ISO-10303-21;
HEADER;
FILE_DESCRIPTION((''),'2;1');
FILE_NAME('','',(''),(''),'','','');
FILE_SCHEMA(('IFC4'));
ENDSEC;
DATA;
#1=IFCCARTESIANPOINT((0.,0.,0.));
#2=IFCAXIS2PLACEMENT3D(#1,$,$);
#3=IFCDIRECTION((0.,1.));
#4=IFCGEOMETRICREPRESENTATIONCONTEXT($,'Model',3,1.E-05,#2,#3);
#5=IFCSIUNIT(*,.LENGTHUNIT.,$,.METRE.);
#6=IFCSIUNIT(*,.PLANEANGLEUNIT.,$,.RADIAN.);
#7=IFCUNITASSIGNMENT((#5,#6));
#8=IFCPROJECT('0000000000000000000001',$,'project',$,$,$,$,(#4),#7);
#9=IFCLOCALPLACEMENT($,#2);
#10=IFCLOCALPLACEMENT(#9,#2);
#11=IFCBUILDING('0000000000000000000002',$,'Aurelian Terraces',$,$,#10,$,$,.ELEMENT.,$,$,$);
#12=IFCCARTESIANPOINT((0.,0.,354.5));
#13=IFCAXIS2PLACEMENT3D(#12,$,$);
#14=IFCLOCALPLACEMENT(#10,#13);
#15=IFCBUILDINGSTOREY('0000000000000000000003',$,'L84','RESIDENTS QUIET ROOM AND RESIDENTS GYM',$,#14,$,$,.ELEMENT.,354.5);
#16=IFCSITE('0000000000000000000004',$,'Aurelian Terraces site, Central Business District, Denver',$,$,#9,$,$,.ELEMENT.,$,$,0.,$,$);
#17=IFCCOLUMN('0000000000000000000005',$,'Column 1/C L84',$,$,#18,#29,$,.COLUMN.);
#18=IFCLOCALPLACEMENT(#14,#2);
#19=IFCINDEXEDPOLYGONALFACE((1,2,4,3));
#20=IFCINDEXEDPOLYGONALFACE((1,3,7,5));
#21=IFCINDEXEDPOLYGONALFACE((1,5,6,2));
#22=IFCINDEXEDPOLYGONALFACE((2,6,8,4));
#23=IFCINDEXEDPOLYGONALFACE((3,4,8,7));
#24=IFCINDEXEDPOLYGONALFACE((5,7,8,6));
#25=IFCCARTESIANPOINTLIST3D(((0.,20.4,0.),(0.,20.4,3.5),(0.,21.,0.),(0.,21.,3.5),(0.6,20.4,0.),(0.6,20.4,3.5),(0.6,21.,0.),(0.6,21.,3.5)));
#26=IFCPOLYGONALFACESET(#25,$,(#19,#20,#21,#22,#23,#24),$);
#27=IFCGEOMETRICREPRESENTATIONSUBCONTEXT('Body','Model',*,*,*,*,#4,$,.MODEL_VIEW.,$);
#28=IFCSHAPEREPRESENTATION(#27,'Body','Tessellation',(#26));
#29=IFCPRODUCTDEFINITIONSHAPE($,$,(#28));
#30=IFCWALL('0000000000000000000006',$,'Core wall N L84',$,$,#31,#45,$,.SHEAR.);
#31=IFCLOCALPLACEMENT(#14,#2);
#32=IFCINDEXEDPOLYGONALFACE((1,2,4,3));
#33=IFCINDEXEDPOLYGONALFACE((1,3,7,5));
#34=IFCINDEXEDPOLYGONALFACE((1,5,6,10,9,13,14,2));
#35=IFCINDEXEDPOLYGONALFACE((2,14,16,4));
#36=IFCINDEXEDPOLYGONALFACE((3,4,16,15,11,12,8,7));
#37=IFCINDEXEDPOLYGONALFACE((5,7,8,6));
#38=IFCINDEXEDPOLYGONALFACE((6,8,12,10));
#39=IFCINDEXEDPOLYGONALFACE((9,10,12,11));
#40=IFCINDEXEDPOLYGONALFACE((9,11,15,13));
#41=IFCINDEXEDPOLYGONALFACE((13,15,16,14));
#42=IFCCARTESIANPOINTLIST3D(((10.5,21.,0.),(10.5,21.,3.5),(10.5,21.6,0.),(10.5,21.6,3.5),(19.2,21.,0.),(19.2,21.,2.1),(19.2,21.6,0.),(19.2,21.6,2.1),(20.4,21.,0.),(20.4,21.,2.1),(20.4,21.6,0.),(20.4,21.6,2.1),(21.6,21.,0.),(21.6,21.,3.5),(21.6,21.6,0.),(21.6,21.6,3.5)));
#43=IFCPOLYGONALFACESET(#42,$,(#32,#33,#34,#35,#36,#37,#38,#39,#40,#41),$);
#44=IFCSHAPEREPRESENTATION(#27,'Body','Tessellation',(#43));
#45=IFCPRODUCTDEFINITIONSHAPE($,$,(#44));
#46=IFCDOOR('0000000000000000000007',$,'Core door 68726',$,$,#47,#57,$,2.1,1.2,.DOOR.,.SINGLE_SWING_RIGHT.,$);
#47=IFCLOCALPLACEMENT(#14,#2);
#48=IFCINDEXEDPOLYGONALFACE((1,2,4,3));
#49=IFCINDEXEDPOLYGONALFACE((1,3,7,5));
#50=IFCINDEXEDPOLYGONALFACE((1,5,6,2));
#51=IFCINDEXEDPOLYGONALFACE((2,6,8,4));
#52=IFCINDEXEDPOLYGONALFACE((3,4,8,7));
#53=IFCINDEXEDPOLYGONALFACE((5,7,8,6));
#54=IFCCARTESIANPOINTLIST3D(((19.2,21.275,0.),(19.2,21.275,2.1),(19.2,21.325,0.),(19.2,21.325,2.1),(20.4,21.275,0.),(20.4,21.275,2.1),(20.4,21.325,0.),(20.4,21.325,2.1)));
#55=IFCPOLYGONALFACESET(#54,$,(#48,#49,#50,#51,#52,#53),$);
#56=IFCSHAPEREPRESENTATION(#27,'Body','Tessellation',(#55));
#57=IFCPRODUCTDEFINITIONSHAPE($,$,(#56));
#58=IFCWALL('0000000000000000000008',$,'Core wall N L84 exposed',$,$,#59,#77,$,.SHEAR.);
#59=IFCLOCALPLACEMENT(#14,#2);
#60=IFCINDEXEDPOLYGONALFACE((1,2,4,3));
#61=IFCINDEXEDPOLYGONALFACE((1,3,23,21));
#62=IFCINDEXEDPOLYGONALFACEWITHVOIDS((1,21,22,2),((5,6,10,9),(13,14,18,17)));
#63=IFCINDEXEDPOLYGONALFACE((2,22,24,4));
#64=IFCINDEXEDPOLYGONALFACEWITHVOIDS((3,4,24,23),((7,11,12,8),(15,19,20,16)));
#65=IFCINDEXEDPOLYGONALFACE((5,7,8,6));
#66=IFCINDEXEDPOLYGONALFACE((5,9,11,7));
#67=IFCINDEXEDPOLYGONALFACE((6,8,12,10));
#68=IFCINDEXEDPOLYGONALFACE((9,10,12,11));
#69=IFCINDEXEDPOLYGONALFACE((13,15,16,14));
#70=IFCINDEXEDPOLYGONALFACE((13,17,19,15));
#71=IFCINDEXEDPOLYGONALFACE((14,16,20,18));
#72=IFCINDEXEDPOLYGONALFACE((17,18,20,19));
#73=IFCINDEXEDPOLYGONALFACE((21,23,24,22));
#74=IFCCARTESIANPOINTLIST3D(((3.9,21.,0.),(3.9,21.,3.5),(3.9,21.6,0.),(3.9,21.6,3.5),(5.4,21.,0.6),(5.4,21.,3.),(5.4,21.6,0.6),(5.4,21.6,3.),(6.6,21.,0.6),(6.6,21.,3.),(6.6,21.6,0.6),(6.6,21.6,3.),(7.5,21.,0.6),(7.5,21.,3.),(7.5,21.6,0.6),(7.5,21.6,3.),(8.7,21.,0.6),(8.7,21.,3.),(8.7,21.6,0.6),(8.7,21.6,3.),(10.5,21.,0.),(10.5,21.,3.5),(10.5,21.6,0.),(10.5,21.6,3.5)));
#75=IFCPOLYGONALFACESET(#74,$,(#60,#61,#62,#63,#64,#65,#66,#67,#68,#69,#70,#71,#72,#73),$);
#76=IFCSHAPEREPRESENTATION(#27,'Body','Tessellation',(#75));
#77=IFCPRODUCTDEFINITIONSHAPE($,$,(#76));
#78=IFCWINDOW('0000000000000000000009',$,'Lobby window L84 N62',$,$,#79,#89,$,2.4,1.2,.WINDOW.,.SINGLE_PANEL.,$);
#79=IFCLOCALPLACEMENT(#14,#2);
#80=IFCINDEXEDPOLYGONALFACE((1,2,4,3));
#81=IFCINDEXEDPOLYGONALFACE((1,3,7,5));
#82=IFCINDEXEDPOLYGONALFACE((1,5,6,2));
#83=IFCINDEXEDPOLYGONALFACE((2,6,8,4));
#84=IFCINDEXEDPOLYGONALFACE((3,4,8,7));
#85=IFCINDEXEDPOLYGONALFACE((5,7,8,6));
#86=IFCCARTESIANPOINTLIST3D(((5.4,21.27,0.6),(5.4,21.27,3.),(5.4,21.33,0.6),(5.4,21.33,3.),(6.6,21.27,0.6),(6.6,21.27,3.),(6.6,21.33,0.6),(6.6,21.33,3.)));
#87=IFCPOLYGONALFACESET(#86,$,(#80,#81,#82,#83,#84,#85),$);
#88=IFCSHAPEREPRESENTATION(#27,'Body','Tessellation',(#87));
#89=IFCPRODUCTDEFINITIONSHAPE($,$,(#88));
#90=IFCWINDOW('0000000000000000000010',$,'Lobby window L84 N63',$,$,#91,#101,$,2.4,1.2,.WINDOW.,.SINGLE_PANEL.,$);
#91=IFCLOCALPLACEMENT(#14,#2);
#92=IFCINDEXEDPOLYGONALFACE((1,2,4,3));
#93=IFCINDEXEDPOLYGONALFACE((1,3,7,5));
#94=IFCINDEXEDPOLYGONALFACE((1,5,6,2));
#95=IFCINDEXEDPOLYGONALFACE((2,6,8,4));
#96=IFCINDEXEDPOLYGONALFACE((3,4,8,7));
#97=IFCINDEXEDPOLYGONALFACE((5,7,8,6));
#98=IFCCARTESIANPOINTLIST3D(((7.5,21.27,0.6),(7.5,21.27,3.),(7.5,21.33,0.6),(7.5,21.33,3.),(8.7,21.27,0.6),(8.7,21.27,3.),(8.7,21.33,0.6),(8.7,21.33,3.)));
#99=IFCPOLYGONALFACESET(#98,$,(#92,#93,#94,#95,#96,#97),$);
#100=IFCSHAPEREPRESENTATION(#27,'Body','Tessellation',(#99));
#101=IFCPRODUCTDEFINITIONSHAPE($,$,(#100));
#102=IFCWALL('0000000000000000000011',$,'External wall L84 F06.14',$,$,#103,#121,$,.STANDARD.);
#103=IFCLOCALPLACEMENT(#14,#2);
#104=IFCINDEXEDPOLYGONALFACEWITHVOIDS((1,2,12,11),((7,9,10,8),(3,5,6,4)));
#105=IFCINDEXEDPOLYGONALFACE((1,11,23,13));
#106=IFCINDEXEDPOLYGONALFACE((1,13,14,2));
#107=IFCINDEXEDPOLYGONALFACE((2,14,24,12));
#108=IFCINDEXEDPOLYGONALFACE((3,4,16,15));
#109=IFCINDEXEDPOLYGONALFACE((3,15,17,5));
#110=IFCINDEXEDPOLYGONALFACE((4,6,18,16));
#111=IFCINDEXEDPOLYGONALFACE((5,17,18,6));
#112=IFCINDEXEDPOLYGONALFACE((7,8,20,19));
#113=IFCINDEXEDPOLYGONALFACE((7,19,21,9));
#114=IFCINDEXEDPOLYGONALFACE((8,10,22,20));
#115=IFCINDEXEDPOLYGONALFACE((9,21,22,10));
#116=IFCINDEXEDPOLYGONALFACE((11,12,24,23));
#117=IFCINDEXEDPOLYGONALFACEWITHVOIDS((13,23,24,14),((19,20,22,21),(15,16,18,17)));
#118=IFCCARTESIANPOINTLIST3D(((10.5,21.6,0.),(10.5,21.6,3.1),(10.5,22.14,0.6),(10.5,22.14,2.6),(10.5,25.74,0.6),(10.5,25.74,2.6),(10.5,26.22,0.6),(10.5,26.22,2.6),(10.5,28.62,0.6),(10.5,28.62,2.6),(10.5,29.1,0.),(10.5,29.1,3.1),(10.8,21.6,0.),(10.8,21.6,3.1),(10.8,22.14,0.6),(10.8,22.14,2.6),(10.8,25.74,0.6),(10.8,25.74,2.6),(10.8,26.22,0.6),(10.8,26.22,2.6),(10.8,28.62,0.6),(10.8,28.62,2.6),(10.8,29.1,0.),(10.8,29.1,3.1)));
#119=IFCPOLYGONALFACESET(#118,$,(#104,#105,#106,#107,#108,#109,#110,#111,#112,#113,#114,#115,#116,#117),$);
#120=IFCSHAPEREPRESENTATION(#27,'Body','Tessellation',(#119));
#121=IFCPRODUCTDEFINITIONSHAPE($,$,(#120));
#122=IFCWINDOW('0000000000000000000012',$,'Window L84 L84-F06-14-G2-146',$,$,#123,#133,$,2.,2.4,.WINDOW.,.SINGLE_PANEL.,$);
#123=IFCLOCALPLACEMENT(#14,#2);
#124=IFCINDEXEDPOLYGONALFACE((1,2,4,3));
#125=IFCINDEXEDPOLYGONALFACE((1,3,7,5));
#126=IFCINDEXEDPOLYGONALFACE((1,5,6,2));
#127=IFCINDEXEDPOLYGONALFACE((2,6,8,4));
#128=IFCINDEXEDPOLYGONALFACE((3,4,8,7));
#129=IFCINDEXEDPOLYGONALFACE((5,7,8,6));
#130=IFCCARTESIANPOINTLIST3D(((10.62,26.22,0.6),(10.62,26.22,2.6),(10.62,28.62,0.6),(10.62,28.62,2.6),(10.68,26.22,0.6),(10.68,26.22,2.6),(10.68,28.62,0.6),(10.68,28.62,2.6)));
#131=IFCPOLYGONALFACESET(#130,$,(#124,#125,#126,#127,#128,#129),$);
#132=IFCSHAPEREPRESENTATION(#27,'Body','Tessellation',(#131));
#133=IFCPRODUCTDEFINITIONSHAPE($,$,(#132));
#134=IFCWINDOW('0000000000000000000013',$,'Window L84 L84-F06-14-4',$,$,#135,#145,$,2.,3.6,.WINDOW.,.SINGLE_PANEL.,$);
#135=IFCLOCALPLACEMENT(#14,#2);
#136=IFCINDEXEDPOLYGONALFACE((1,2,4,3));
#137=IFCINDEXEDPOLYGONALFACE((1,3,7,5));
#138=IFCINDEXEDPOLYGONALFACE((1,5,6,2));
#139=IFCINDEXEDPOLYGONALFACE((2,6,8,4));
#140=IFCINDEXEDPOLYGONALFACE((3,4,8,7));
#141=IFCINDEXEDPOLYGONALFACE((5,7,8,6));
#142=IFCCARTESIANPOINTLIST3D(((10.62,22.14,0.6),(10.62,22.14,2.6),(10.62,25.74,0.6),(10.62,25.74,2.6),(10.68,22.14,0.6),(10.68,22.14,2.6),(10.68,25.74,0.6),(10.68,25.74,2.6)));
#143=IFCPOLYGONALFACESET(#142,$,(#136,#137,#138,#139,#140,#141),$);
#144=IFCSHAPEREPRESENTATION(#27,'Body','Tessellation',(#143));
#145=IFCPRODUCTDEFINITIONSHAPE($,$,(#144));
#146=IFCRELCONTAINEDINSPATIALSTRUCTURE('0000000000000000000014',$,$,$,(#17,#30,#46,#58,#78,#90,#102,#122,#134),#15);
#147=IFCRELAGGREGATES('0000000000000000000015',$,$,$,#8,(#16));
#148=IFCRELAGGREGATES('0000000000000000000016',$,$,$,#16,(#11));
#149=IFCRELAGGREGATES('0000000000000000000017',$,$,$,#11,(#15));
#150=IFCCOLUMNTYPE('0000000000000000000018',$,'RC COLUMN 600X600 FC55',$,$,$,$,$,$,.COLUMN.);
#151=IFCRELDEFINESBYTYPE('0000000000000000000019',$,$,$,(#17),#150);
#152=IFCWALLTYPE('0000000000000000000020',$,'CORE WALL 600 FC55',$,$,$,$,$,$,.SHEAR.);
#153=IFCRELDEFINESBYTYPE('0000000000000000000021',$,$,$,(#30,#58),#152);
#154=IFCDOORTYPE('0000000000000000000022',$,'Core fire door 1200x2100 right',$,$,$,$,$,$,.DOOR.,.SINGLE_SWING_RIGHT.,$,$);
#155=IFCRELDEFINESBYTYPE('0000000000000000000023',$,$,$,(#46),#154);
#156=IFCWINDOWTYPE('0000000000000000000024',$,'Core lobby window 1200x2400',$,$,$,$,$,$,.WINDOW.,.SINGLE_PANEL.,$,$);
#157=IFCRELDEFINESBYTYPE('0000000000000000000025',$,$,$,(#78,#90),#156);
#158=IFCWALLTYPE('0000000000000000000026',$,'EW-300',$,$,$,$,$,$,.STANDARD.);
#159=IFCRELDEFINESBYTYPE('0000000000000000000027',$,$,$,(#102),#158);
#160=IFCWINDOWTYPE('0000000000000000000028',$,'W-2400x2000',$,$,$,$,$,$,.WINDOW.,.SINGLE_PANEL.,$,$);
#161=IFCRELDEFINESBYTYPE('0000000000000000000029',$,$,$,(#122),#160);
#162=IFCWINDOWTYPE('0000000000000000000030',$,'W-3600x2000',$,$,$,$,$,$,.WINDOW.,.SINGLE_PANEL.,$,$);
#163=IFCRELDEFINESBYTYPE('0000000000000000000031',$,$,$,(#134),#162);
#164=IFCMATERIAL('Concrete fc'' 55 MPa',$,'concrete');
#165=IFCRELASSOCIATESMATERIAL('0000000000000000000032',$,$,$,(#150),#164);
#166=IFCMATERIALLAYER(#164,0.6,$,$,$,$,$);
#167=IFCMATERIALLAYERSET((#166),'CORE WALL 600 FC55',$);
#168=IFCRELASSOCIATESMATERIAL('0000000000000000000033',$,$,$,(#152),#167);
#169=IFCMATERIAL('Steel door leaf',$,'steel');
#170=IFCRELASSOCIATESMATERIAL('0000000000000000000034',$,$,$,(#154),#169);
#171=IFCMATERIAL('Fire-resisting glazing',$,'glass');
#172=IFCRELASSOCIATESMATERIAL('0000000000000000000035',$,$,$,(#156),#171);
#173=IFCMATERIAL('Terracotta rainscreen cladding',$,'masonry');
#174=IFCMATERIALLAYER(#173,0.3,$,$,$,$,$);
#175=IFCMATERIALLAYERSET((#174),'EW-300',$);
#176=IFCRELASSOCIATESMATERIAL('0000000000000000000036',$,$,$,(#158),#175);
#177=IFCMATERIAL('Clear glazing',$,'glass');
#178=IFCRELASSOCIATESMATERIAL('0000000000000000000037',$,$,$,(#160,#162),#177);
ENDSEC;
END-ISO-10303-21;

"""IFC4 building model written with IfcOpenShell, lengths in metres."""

from ifc_helpers import new_model, si_unit, direction, frame, frame_2d, origin, origin_2d, place, context, subcontext, project, spatial, rectangle, extrude, source, transform, mapped, material, layer, layer_set, material_profile, profile_set, type_object, element, fill, save


model = new_model("IFC4")

# Units and contexts
model_context = context("Model", 3, precision=1e-05, world=origin(), true_north=direction((0.0, 1.0)))
body_context = subcontext(model_context, "Body", "Model", "MODEL_VIEW")
ifc_project = project(units=[si_unit("LENGTHUNIT", "METRE"), si_unit("PLANEANGLEUNIT", "RADIAN")], contexts=[model_context])

# Site, building, storey
site_placement = place(None, origin())
site = spatial("IfcSite", under=ifc_project, at=site_placement, Name="Aurelian Terraces site, Central Business District, Denver", CompositionType="ELEMENT", RefElevation=0.0)
building_placement = place(site_placement, origin())
building = spatial("IfcBuilding", under=site, at=building_placement, Name="Aurelian Terraces", CompositionType="ELEMENT")
storey_placement = place(building_placement, frame((0.0, 0.0, 354.5)))
storey = spatial("IfcBuildingStorey", under=building, at=storey_placement, Name="L84", Description="RESIDENTS QUIET ROOM AND RESIDENTS GYM", CompositionType="ELEMENT", Elevation=354.5)

# Column
ifc_material_1 = material(Name="Concrete fc' 55 MPa", Category="concrete")
ifc_material_profile = material_profile(ifc_material_1, rectangle(XDim=0.6, YDim=0.6, at=origin_2d()))
ifc_profile_set = profile_set([ifc_material_profile], Name="Concrete fc' 55 MPa")
column_type = type_object("IfcColumnType", Name="RC COLUMN 600X600 FC55", PredefinedType="COLUMN", material=ifc_profile_set)
shared_shape_1 = source(origin(), body_context, "Body", "SweptSolid", [
    extrude(rectangle(XDim=0.6, YDim=0.6, at=origin_2d()), origin(), (0.0, 0.0, 1.0), 3.5),
])
column_placement = place(storey_placement, frame((0.3, 20.7, 0.0), z_axis=(0.0, 0.0, 1.0), x_axis=(1.0, 0.0, 0.0)))
element("IfcColumn", 1, at=column_placement, inside=storey, type_object=column_type, Name="Column 1/C L84", PredefinedType="COLUMN", context=body_context, shape_type="MappedRepresentation", body=[
    mapped(shared_shape_1, transform((0.0, 0.0, 0.0), scale=1.0)),
])

# Wall, opening, door
ifc_layer_1 = layer(ifc_material_1, 0.6)
ifc_layer_set_1 = layer_set([ifc_layer_1], Name="CORE WALL 600 FC55")
wall_type_1 = type_object("IfcWallType", Name="CORE WALL 600 FC55", PredefinedType="SHEAR", material=ifc_layer_set_1)
shared_shape_2 = source(origin(), body_context, "Body", "SweptSolid", [
    extrude(rectangle(XDim=11.1, YDim=0.6, at=frame_2d((5.55, 0.0))), origin(), (0.0, 0.0, 1.0), 3.5),
])
wall_1_placement = place(storey_placement, frame((10.5, 21.3, 0.0), z_axis=(0.0, 0.0, 1.0), x_axis=(1.0, 0.0, 0.0)))
wall_1 = element("IfcWall", 2, at=wall_1_placement, inside=storey, type_object=wall_type_1, Name="Core wall N L84", PredefinedType="SHEAR", context=body_context, shape_type="MappedRepresentation", body=[
    mapped(shared_shape_2, transform((0.0, 0.0, 0.0), scale=1.0)),
])
shared_shape_3 = source(origin(), body_context, "Body", "SweptSolid", [
    extrude(rectangle(XDim=1.2, YDim=2.1, at=frame_2d((0.6, 1.05))), frame((0.0, 0.31, 0.0), z_axis=(0.0, -1.0, 0.0), x_axis=(1.0, 0.0, 0.0)), (0.0, 0.0, 1.0), 0.62),
])
opening_1_placement = place(wall_1_placement, frame((8.7, 0.0, 0.0)))
opening_1 = element("IfcOpeningElement", 3, at=opening_1_placement, cuts=wall_1, PredefinedType="OPENING", context=body_context, shape_type="MappedRepresentation", body=[
    mapped(shared_shape_3, transform((0.0, 0.0, 0.0), scale=1.0)),
])
ifc_material_2 = material(Name="Steel door leaf", Category="steel")
door_type = type_object("IfcDoorType", Name="Core fire door 1200x2100 right", OperationType="SINGLE_SWING_RIGHT", PredefinedType="DOOR", material=ifc_material_2)
shared_shape_4 = source(origin(), body_context, "Body", "SweptSolid", [
    extrude(rectangle(XDim=1.2, YDim=2.1, at=frame_2d((0.6, 1.05))), frame((0.0, 0.025, 0.0), z_axis=(0.0, -1.0, 0.0), x_axis=(1.0, 0.0, 0.0)), (0.0, 0.0, 1.0), 0.05),
])
door_placement = place(opening_1_placement, origin())
door = element("IfcDoor", 4, at=door_placement, inside=storey, type_object=door_type, Name="Core door 68726", OperationType="SINGLE_SWING_RIGHT", OverallHeight=2.1, OverallWidth=1.2, PredefinedType="DOOR", context=body_context, shape_type="MappedRepresentation", body=[
    mapped(shared_shape_4, transform((0.0, 0.0, 0.0), scale=1.0)),
])
fill(opening_1, door)

# Walls, openings, windows
shared_shape_5 = source(origin(), body_context, "Body", "SweptSolid", [
    extrude(rectangle(XDim=6.6, YDim=0.6, at=frame_2d((3.3, 0.0))), origin(), (0.0, 0.0, 1.0), 3.5),
])
wall_2_placement = place(storey_placement, frame((3.9, 21.3, 0.0), z_axis=(0.0, 0.0, 1.0), x_axis=(1.0, 0.0, 0.0)))
wall_2 = element("IfcWall", 5, at=wall_2_placement, inside=storey, type_object=wall_type_1, Name="Core wall N L84 exposed", PredefinedType="SHEAR", context=body_context, shape_type="MappedRepresentation", body=[
    mapped(shared_shape_5, transform((0.0, 0.0, 0.0), scale=1.0)),
])
shared_shape_6 = source(origin(), body_context, "Body", "SweptSolid", [
    extrude(rectangle(XDim=1.2, YDim=2.4, at=frame_2d((0.6, 1.2))), frame((0.0, 0.31, 0.0), z_axis=(0.0, -1.0, 0.0), x_axis=(1.0, 0.0, 0.0)), (0.0, 0.0, 1.0), 0.62),
])
opening_2_placement = place(wall_2_placement, frame((1.5, 0.0, 0.6)))
opening_2 = element("IfcOpeningElement", 6, at=opening_2_placement, cuts=wall_2, PredefinedType="OPENING", context=body_context, shape_type="MappedRepresentation", body=[
    mapped(shared_shape_6, transform((0.0, 0.0, 0.0), scale=1.0)),
])
opening_3_placement = place(wall_2_placement, frame((3.6, 0.0, 0.6)))
opening_3 = element("IfcOpeningElement", 7, at=opening_3_placement, cuts=wall_2, PredefinedType="OPENING", context=body_context, shape_type="MappedRepresentation", body=[
    mapped(shared_shape_6, transform((0.0, 0.0, 0.0), scale=1.0)),
])
ifc_material_3 = material(Name="Fire-resisting glazing", Category="glass")
window_type_1 = type_object("IfcWindowType", Name="Core lobby window 1200x2400", PartitioningType="SINGLE_PANEL", PredefinedType="WINDOW", material=ifc_material_3)
shared_shape_7 = source(origin(), body_context, "Body", "SweptSolid", [
    extrude(rectangle(XDim=1.2, YDim=2.4, at=frame_2d((0.6, 1.2))), frame((0.0, 0.03, 0.0), z_axis=(0.0, -1.0, 0.0), x_axis=(1.0, 0.0, 0.0)), (0.0, 0.0, 1.0), 0.06),
])
window_1_placement = place(opening_2_placement, origin())
window_1 = element("IfcWindow", 8, at=window_1_placement, inside=storey, type_object=window_type_1, Name="Lobby window L84 N62", OverallHeight=2.4, OverallWidth=1.2, PartitioningType="SINGLE_PANEL", PredefinedType="WINDOW", context=body_context, shape_type="MappedRepresentation", body=[
    mapped(shared_shape_7, transform((0.0, 0.0, 0.0), scale=1.0)),
])
fill(opening_2, window_1)
window_2_placement = place(opening_3_placement, origin())
window_2 = element("IfcWindow", 9, at=window_2_placement, inside=storey, type_object=window_type_1, Name="Lobby window L84 N63", OverallHeight=2.4, OverallWidth=1.2, PartitioningType="SINGLE_PANEL", PredefinedType="WINDOW", context=body_context, shape_type="MappedRepresentation", body=[
    mapped(shared_shape_7, transform((0.0, 0.0, 0.0), scale=1.0)),
])
fill(opening_3, window_2)
ifc_material_4 = material(Name="Terracotta rainscreen cladding", Category="masonry")
ifc_layer_2 = layer(ifc_material_4, 0.3)
ifc_layer_set_2 = layer_set([ifc_layer_2], Name="EW-300")
wall_type_2 = type_object("IfcWallType", Name="EW-300", PredefinedType="STANDARD", material=ifc_layer_set_2)
shared_shape_8 = source(origin(), body_context, "Body", "SweptSolid", [
    extrude(rectangle(XDim=7.5, YDim=0.3, at=frame_2d((3.75, 0.0))), origin(), (0.0, 0.0, 1.0), 3.1),
])
wall_3_placement = place(storey_placement, frame((10.65, 29.1, 0.0), z_axis=(0.0, 0.0, 1.0), x_axis=(0.0, -1.0, 0.0)))
wall_3 = element("IfcWall", 10, at=wall_3_placement, inside=storey, type_object=wall_type_2, Name="External wall L84 F06.14", PredefinedType="STANDARD", context=body_context, shape_type="MappedRepresentation", body=[
    mapped(shared_shape_8, transform((0.0, 0.0, 0.0), scale=1.0)),
])
shared_shape_9 = source(origin(), body_context, "Body", "SweptSolid", [
    extrude(rectangle(XDim=3.6, YDim=2.0, at=frame_2d((1.8, 1.0))), frame((0.0, 0.16, 0.0), z_axis=(0.0, -1.0, 0.0), x_axis=(1.0, 0.0, 0.0)), (0.0, 0.0, 1.0), 0.32),
])
opening_4_placement = place(wall_3_placement, frame((3.36, 0.0, 0.6)))
opening_4 = element("IfcOpeningElement", 11, at=opening_4_placement, cuts=wall_3, PredefinedType="OPENING", context=body_context, shape_type="MappedRepresentation", body=[
    mapped(shared_shape_9, transform((0.0, 0.0, 0.0), scale=1.0)),
])
shared_shape_10 = source(origin(), body_context, "Body", "SweptSolid", [
    extrude(rectangle(XDim=2.4, YDim=2.0, at=frame_2d((1.2, 1.0))), frame((0.0, 0.16, 0.0), z_axis=(0.0, -1.0, 0.0), x_axis=(1.0, 0.0, 0.0)), (0.0, 0.0, 1.0), 0.32),
])
opening_5_placement = place(wall_3_placement, frame((0.48, 0.0, 0.6)))
opening_5 = element("IfcOpeningElement", 12, at=opening_5_placement, cuts=wall_3, PredefinedType="OPENING", context=body_context, shape_type="MappedRepresentation", body=[
    mapped(shared_shape_10, transform((0.0, 0.0, 0.0), scale=1.0)),
])
ifc_material_5 = material(Name="Clear glazing", Category="glass")
window_type_2 = type_object("IfcWindowType", Name="W-2400x2000", PartitioningType="SINGLE_PANEL", PredefinedType="WINDOW", material=ifc_material_5)
shared_shape_11 = source(origin(), body_context, "Body", "SweptSolid", [
    extrude(rectangle(XDim=2.4, YDim=2.0, at=frame_2d((1.2, 1.0))), frame((0.0, 0.03, 0.0), z_axis=(0.0, -1.0, 0.0), x_axis=(1.0, 0.0, 0.0)), (0.0, 0.0, 1.0), 0.06),
])
window_3_placement = place(opening_5_placement, origin())
window_3 = element("IfcWindow", 13, at=window_3_placement, inside=storey, type_object=window_type_2, Name="Window L84 L84-F06-14-G2-146", OverallHeight=2.0, OverallWidth=2.4, PartitioningType="SINGLE_PANEL", PredefinedType="WINDOW", context=body_context, shape_type="MappedRepresentation", body=[
    mapped(shared_shape_11, transform((0.0, 0.0, 0.0), scale=1.0)),
])
fill(opening_5, window_3)
window_type_3 = type_object("IfcWindowType", Name="W-3600x2000", PartitioningType="SINGLE_PANEL", PredefinedType="WINDOW", material=ifc_material_5)
shared_shape_12 = source(origin(), body_context, "Body", "SweptSolid", [
    extrude(rectangle(XDim=3.6, YDim=2.0, at=frame_2d((1.8, 1.0))), frame((0.0, 0.03, 0.0), z_axis=(0.0, -1.0, 0.0), x_axis=(1.0, 0.0, 0.0)), (0.0, 0.0, 1.0), 0.06),
])
window_4_placement = place(opening_4_placement, origin())
window_4 = element("IfcWindow", 14, at=window_4_placement, inside=storey, type_object=window_type_3, Name="Window L84 L84-F06-14-4", OverallHeight=2.0, OverallWidth=3.6, PartitioningType="SINGLE_PANEL", PredefinedType="WINDOW", context=body_context, shape_type="MappedRepresentation", body=[
    mapped(shared_shape_12, transform((0.0, 0.0, 0.0), scale=1.0)),
])
fill(opening_4, window_4)

save(model, "model.ifc")
